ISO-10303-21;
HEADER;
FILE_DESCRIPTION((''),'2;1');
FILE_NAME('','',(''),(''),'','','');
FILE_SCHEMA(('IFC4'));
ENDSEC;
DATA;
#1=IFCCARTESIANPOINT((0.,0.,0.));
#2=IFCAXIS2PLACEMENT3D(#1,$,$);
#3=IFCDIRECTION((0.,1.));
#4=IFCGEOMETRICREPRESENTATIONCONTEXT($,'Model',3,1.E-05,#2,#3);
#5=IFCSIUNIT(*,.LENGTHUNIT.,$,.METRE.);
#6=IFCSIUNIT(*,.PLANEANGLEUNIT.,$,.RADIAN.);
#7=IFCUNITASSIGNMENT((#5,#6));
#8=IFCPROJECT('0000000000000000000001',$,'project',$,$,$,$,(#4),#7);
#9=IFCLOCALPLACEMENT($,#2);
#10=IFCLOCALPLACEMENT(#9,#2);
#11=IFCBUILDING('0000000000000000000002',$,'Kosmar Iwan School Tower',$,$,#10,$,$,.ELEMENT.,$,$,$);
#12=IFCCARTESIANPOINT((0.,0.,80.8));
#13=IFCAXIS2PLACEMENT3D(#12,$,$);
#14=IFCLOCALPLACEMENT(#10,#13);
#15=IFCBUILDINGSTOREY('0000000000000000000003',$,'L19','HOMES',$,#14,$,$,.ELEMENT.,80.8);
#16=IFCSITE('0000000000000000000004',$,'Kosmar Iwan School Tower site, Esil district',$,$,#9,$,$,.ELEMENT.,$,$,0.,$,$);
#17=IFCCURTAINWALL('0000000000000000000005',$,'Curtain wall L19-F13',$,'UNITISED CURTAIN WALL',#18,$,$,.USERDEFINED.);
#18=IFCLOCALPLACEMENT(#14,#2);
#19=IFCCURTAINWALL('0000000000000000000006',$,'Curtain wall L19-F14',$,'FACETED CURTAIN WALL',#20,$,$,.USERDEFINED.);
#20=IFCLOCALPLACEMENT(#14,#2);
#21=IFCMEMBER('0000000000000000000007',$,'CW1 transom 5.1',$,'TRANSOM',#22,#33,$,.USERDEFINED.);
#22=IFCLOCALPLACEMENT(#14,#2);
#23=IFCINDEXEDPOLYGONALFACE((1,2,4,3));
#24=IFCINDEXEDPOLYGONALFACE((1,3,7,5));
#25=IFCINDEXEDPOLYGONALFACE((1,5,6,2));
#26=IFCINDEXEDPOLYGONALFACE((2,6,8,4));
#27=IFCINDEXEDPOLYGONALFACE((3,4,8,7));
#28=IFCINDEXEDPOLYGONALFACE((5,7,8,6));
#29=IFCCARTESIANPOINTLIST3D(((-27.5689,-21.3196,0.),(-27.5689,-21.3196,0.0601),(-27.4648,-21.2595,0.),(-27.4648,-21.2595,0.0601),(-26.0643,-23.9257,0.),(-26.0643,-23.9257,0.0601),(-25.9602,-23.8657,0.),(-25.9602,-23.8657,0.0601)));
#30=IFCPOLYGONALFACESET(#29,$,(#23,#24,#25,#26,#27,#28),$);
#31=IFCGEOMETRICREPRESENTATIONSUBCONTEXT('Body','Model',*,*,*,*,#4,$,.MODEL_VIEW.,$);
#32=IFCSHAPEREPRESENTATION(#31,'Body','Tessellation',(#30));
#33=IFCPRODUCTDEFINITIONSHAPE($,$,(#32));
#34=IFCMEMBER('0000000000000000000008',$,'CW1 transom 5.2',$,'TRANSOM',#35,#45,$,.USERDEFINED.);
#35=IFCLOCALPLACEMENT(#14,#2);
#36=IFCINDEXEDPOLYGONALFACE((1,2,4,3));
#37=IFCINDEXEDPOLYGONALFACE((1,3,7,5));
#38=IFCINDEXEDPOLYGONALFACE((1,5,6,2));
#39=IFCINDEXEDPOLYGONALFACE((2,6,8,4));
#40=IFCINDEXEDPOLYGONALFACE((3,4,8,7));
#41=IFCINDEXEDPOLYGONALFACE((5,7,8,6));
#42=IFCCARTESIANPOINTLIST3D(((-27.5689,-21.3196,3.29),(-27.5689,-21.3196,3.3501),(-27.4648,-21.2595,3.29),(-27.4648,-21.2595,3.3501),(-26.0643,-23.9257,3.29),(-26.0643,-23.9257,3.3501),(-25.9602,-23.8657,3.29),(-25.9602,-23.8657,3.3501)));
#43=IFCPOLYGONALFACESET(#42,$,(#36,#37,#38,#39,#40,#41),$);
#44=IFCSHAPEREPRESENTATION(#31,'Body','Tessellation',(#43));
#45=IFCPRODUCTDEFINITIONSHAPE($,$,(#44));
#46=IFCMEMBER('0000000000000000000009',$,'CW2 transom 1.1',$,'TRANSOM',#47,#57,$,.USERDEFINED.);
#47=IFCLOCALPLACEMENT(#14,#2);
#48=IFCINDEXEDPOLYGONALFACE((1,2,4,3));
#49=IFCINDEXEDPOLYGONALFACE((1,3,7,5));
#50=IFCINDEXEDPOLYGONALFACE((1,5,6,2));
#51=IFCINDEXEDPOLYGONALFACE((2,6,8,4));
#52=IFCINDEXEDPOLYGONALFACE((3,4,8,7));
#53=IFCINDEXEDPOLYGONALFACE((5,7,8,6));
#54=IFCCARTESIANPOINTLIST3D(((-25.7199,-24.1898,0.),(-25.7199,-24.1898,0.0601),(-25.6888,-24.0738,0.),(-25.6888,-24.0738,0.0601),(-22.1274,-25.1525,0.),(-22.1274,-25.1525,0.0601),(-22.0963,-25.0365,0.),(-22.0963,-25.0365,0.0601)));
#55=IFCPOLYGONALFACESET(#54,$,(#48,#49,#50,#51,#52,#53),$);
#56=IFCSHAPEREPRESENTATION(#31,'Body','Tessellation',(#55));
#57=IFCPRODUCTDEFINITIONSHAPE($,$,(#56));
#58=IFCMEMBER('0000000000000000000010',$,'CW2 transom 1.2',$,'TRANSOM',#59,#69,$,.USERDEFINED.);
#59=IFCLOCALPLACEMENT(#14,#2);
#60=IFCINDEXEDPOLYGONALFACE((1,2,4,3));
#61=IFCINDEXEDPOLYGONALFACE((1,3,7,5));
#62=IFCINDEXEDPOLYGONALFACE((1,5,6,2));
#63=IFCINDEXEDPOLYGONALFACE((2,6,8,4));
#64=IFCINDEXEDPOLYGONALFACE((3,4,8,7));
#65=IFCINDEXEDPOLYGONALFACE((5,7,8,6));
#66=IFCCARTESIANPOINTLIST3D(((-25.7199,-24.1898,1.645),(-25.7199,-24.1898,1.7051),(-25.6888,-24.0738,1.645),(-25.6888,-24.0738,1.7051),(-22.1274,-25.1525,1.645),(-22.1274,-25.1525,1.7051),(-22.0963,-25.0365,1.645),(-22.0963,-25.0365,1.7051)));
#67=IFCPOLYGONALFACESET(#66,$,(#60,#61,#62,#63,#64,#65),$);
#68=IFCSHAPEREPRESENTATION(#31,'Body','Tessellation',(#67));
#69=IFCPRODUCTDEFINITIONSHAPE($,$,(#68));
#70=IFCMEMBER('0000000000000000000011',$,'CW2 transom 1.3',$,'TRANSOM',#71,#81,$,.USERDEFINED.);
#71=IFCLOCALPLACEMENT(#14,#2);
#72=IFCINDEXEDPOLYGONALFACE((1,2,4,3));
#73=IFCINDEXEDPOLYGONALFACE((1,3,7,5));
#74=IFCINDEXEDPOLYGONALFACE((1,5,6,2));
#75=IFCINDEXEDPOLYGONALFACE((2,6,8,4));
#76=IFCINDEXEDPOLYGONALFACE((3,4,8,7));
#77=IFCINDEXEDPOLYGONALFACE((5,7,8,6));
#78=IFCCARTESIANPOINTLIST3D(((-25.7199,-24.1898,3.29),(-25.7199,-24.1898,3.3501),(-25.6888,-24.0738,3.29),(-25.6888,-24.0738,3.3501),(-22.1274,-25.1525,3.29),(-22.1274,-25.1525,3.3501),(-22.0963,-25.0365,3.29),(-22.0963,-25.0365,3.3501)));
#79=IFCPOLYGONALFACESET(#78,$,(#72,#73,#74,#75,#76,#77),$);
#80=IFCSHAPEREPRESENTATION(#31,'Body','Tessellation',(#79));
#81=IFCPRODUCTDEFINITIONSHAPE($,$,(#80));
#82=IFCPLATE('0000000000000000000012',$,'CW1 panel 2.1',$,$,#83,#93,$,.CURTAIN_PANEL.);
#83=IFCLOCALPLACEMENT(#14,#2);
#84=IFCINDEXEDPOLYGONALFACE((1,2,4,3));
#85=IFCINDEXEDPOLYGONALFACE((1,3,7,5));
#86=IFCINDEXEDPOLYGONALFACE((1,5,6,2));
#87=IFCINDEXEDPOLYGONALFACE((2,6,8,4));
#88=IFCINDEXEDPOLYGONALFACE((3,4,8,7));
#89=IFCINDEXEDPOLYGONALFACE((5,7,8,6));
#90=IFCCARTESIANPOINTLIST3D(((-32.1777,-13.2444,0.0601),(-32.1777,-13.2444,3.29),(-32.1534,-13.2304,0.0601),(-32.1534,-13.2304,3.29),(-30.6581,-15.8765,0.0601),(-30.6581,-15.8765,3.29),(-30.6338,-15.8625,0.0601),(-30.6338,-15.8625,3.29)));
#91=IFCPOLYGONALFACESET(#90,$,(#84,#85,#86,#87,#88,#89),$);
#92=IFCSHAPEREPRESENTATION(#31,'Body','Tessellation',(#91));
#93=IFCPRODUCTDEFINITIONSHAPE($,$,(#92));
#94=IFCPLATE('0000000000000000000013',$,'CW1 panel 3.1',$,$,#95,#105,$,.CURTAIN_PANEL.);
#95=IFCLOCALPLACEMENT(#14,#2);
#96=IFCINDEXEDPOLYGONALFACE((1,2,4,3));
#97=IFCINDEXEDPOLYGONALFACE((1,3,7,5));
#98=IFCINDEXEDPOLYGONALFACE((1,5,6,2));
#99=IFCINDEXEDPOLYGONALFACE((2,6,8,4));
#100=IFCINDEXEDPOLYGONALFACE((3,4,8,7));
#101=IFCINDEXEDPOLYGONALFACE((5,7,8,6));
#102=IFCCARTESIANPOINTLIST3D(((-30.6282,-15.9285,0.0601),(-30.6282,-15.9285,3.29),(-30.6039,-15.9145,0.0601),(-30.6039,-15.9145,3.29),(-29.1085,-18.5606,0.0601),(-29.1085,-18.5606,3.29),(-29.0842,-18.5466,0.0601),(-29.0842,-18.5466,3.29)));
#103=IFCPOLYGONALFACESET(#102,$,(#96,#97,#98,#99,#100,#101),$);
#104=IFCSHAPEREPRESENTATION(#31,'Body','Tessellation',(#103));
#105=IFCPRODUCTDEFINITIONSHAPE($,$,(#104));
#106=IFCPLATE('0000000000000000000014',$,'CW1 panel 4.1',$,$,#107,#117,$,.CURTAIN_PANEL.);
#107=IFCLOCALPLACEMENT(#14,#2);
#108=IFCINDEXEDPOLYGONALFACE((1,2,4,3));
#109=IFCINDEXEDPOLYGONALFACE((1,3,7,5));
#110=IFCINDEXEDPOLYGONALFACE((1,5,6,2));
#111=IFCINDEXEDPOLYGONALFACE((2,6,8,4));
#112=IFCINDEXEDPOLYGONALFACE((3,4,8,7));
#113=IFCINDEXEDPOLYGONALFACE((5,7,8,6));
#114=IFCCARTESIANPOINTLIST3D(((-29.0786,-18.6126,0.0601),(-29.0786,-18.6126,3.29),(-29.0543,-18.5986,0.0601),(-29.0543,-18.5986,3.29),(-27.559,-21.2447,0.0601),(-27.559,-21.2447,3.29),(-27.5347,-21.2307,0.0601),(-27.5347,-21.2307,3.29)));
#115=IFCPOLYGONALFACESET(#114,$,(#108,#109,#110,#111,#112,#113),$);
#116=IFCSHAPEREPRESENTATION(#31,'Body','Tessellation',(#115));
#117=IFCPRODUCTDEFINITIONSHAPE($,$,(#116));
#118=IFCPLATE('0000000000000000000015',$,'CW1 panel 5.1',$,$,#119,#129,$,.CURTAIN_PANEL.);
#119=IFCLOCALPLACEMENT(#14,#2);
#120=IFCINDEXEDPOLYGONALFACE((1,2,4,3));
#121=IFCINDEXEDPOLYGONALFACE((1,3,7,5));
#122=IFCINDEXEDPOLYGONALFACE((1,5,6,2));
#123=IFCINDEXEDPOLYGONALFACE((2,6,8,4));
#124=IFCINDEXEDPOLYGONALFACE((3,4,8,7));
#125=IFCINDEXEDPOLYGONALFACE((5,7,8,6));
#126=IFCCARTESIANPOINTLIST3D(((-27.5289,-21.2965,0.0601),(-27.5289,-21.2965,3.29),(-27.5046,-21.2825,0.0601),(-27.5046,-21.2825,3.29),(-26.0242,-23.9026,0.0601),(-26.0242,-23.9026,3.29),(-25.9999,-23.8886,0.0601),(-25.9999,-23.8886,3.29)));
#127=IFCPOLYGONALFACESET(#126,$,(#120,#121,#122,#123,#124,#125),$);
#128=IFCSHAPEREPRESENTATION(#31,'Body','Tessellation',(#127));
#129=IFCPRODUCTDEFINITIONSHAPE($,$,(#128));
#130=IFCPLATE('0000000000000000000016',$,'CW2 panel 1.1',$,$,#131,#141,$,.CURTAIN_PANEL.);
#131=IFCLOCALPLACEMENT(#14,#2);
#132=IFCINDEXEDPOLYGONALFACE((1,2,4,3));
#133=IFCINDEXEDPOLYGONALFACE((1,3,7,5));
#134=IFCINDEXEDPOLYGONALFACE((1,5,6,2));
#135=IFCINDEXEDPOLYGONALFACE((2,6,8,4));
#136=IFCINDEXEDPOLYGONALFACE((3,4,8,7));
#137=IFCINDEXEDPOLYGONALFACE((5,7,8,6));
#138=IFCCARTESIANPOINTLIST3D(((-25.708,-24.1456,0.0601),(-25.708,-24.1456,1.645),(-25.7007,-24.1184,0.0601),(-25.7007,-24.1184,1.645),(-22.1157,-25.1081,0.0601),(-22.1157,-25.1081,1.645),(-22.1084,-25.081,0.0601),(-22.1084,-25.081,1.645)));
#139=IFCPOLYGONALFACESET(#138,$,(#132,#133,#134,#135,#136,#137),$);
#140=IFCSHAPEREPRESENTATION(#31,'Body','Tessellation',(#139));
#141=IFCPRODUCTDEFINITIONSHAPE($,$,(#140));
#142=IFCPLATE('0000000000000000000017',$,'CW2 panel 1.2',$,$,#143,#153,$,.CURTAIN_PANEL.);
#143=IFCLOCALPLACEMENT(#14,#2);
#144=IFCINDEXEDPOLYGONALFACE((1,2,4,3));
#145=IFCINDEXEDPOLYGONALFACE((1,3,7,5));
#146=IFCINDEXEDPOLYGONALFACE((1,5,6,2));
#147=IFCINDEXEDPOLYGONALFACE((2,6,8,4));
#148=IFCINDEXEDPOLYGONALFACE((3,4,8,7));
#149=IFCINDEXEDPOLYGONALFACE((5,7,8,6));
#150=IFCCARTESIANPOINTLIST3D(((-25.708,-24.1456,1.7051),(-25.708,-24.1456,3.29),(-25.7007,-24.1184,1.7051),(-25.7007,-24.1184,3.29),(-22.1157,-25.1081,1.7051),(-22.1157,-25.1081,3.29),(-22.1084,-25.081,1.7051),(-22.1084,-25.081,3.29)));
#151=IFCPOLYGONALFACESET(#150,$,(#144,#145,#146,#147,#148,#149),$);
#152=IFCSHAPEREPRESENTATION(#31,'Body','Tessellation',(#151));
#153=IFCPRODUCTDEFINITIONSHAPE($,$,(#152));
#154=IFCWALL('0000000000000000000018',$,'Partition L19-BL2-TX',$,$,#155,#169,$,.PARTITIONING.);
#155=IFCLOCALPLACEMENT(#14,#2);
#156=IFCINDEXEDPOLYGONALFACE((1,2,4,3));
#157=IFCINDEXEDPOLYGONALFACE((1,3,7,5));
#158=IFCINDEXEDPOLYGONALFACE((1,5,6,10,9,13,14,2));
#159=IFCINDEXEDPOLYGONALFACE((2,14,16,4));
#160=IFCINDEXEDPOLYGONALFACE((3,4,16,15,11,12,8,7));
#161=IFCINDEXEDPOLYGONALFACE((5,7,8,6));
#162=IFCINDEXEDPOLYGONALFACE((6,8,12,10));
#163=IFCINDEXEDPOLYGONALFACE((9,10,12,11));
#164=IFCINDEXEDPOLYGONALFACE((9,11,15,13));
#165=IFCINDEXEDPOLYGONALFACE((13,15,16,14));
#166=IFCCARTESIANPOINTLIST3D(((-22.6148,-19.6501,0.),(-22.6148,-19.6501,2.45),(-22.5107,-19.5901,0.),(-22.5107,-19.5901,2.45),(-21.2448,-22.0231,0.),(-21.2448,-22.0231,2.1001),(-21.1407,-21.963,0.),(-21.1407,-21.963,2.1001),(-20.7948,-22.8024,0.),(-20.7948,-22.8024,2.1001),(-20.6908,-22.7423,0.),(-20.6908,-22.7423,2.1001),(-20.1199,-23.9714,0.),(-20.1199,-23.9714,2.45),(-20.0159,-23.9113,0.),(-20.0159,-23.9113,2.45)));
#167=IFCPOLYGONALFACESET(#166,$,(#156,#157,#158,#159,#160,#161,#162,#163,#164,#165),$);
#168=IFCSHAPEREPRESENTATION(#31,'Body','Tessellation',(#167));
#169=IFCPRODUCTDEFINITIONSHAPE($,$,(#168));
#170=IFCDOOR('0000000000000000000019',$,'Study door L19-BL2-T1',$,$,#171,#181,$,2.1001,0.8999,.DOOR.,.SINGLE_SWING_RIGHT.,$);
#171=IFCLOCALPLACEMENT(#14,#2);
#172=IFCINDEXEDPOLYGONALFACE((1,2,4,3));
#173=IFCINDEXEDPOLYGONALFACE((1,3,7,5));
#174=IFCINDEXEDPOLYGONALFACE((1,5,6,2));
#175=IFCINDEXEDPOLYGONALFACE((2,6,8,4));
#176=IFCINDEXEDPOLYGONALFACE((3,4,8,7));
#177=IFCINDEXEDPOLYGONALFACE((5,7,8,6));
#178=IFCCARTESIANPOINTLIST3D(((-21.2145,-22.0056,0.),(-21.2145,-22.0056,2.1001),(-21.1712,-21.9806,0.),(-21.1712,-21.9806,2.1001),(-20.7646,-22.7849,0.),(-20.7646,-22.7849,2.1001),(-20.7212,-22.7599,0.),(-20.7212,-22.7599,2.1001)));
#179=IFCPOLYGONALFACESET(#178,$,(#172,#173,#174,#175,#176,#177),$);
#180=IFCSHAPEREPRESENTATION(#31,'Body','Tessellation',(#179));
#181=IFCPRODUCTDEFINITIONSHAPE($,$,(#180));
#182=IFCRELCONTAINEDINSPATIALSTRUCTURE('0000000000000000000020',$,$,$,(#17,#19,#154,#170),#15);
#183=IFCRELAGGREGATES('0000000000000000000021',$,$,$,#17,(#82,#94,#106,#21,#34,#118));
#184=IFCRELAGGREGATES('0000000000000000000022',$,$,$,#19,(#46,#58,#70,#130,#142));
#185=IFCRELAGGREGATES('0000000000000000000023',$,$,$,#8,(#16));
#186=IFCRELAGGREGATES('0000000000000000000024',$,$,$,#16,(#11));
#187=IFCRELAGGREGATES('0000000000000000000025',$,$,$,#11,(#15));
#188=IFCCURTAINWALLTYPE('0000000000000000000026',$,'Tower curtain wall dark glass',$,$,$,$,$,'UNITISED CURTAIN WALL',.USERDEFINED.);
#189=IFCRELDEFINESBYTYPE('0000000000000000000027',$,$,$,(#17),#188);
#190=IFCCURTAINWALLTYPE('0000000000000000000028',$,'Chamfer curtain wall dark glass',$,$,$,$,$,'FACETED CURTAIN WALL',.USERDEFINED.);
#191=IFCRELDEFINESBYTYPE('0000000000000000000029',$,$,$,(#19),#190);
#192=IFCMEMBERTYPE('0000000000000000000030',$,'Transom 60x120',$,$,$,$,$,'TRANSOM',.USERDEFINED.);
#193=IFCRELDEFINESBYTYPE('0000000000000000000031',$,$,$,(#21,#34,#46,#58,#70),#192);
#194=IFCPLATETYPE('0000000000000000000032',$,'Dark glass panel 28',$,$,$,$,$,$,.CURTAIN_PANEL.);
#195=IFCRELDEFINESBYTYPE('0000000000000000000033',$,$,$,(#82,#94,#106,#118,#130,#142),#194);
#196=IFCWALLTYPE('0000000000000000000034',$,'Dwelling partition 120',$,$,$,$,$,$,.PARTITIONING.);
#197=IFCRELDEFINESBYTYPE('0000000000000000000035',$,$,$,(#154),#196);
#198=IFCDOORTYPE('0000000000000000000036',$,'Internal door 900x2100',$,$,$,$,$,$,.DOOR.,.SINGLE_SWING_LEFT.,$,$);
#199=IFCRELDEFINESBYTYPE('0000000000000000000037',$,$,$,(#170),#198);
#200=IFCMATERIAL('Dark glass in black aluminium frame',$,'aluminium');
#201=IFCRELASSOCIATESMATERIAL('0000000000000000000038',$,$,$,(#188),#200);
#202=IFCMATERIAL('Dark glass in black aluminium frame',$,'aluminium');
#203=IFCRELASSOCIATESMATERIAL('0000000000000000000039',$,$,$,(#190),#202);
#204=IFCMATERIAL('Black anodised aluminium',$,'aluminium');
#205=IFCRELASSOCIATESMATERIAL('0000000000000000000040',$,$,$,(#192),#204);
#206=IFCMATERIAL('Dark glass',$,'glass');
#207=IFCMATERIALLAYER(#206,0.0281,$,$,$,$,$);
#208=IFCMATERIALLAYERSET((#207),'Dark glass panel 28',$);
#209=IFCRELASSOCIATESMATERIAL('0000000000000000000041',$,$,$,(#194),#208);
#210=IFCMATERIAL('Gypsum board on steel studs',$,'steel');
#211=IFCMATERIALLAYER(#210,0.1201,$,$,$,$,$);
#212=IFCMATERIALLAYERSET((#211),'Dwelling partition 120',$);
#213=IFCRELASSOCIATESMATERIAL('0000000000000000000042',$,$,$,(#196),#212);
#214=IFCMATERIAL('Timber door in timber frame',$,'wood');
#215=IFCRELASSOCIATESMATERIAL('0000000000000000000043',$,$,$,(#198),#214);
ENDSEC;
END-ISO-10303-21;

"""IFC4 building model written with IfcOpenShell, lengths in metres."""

from ifc_helpers import new_model, si_unit, direction, frame, frame_2d, origin, origin_2d, place, context, subcontext, project, spatial, rectangle, extrude, material, layer, layer_set, material_profile, profile_set, type_object, element, fill, aggregate, save


model = new_model("IFC4")

# Units and contexts
model_context = context("Model", 3, precision=1e-05, world=origin(), true_north=direction((0.0, 1.0)))
body_context = subcontext(model_context, "Body", "Model", "MODEL_VIEW")
ifc_project = project(units=[si_unit("LENGTHUNIT", "METRE"), si_unit("PLANEANGLEUNIT", "RADIAN")], contexts=[model_context])

# Site, building, storey
site_placement = place(None, origin())
site = spatial("IfcSite", under=ifc_project, at=site_placement, Name="Kosmar Iwan School Tower site, Esil district", CompositionType="ELEMENT", RefElevation=0.0)
building_placement = place(site_placement, origin())
building = spatial("IfcBuilding", under=site, at=building_placement, Name="Kosmar Iwan School Tower", CompositionType="ELEMENT")
storey_placement = place(building_placement, frame((0.0, 0.0, 80.8)))
storey = spatial("IfcBuildingStorey", under=building, at=storey_placement, Name="L19", Description="HOMES", CompositionType="ELEMENT", Elevation=80.8)

# Curtain wall
ifc_material_1 = material(Name="Dark glass in black aluminium frame", Category="aluminium")
curtain_wall_type_1 = type_object("IfcCurtainWallType", Name="Tower curtain wall dark glass", ElementType="UNITISED CURTAIN WALL", PredefinedType="USERDEFINED", material=ifc_material_1)
curtain_wall_1_placement = place(storey_placement, origin())
curtain_wall_1 = element("IfcCurtainWall", 1, at=curtain_wall_1_placement, inside=storey, type_object=curtain_wall_type_1, Name="Curtain wall L19-F13", ObjectType="UNITISED CURTAIN WALL", PredefinedType="USERDEFINED")

# Curtain wall
ifc_material_2 = material(Name="Dark glass in black aluminium frame", Category="aluminium")
curtain_wall_type_2 = type_object("IfcCurtainWallType", Name="Chamfer curtain wall dark glass", ElementType="FACETED CURTAIN WALL", PredefinedType="USERDEFINED", material=ifc_material_2)
curtain_wall_2_placement = place(storey_placement, origin())
curtain_wall_2 = element("IfcCurtainWall", 2, at=curtain_wall_2_placement, inside=storey, type_object=curtain_wall_type_2, Name="Curtain wall L19-F14", ObjectType="FACETED CURTAIN WALL", PredefinedType="USERDEFINED")

# Members
ifc_material_3 = material(Name="Black anodised aluminium", Category="aluminium")
ifc_material_profile_1 = material_profile(ifc_material_3, rectangle(XDim=0.1201, YDim=0.0601, at=origin_2d()), Name="TRANSOM 60x120")
ifc_profile_set_1 = profile_set([ifc_material_profile_1], Name="Black anodised aluminium")
member_type_1 = type_object("IfcMemberType", Name="Transom 60x120", ElementType="TRANSOM", PredefinedType="USERDEFINED", material=ifc_profile_set_1)
member_1_placement = place(storey_placement, frame((-27.5168, -21.2896, 0.03), z_axis=(0.499987, -0.866033, 0.0), x_axis=(0.866033, 0.499987, 0.0)))
member_1 = element("IfcMember", 3, at=member_1_placement, type_object=member_type_1, Name="CW1 transom 5.1", ObjectType="TRANSOM", PredefinedType="USERDEFINED", context=body_context, shape_type="SweptSolid", body=[
    extrude(rectangle(XDim=0.1201, YDim=0.0601, at=origin_2d()), origin(), (0.0, 0.0, 1.0), 3.0093),
])
member_2_placement = place(storey_placement, frame((-27.5168, -21.2896, 3.3201), z_axis=(0.499987, -0.866033, 0.0), x_axis=(0.866033, 0.499987, 0.0)))
member_2 = element("IfcMember", 4, at=member_2_placement, type_object=member_type_1, Name="CW1 transom 5.2", ObjectType="TRANSOM", PredefinedType="USERDEFINED", context=body_context, shape_type="SweptSolid", body=[
    extrude(rectangle(XDim=0.1201, YDim=0.0601, at=origin_2d()), origin(), (0.0, 0.0, 1.0), 3.0093),
])
member_3_placement = place(storey_placement, frame((-25.7043, -24.1318, 0.03), z_axis=(0.965924, -0.258827, 0.0), x_axis=(0.258827, 0.965924, 0.0)))
member_3 = element("IfcMember", 5, at=member_3_placement, type_object=member_type_1, Name="CW2 transom 1.1", ObjectType="TRANSOM", PredefinedType="USERDEFINED", context=body_context, shape_type="SweptSolid", body=[
    extrude(rectangle(XDim=0.1201, YDim=0.0601, at=origin_2d()), origin(), (0.0, 0.0, 1.0), 3.7192),
])
member_4_placement = place(storey_placement, frame((-25.7043, -24.1318, 1.675), z_axis=(0.965924, -0.258827, 0.0), x_axis=(0.258827, 0.965924, 0.0)))
member_4 = element("IfcMember", 6, at=member_4_placement, type_object=member_type_1, Name="CW2 transom 1.2", ObjectType="TRANSOM", PredefinedType="USERDEFINED", context=body_context, shape_type="SweptSolid", body=[
    extrude(rectangle(XDim=0.1201, YDim=0.0601, at=origin_2d()), origin(), (0.0, 0.0, 1.0), 3.7192),
])
member_5_placement = place(storey_placement, frame((-25.7043, -24.1318, 3.3201), z_axis=(0.965924, -0.258827, 0.0), x_axis=(0.258827, 0.965924, 0.0)))
member_5 = element("IfcMember", 7, at=member_5_placement, type_object=member_type_1, Name="CW2 transom 1.3", ObjectType="TRANSOM", PredefinedType="USERDEFINED", context=body_context, shape_type="SweptSolid", body=[
    extrude(rectangle(XDim=0.1201, YDim=0.0601, at=origin_2d()), origin(), (0.0, 0.0, 1.0), 3.7192),
])

# Plates
ifc_material_4 = material(Name="Dark glass", Category="glass")
ifc_layer_1 = layer(ifc_material_4, 0.0281)
ifc_layer_set_1 = layer_set([ifc_layer_1], Name="Dark glass panel 28")
plate_type = type_object("IfcPlateType", Name="Dark glass panel 28", PredefinedType="CURTAIN_PANEL", material=ifc_layer_set_1)
plate_1_placement = place(storey_placement, frame((-31.4058, -14.5535, 0.0601), z_axis=(0.0, 0.0, 1.0), x_axis=(0.5, -0.866025, 0.0)))
plate_1 = element("IfcPlate", 8, at=plate_1_placement, type_object=plate_type, Name="CW1 panel 2.1", PredefinedType="CURTAIN_PANEL", context=body_context, shape_type="SweptSolid", body=[
    extrude(rectangle(XDim=3.0393, YDim=0.0281, at=origin_2d()), origin(), (0.0, 0.0, 1.0), 3.23),
])
plate_2_placement = place(storey_placement, frame((-29.8562, -17.2375, 0.0601), z_axis=(0.0, 0.0, 1.0), x_axis=(0.5, -0.866025, 0.0)))
plate_2 = element("IfcPlate", 9, at=plate_2_placement, type_object=plate_type, Name="CW1 panel 3.1", PredefinedType="CURTAIN_PANEL", context=body_context, shape_type="SweptSolid", body=[
    extrude(rectangle(XDim=3.0393, YDim=0.0281, at=origin_2d()), origin(), (0.0, 0.0, 1.0), 3.23),
])
plate_3_placement = place(storey_placement, frame((-28.3066, -19.9216, 0.0601), z_axis=(0.0, 0.0, 1.0), x_axis=(0.5, -0.866025, 0.0)))
plate_3 = element("IfcPlate", 10, at=plate_3_placement, type_object=plate_type, Name="CW1 panel 4.1", PredefinedType="CURTAIN_PANEL", context=body_context, shape_type="SweptSolid", body=[
    extrude(rectangle(XDim=3.0393, YDim=0.0281, at=origin_2d()), origin(), (0.0, 0.0, 1.0), 3.23),
])
plate_4_placement = place(storey_placement, frame((-26.7644, -22.5925, 0.0601), z_axis=(0.0, 0.0, 1.0), x_axis=(0.5, -0.866025, 0.0)))
plate_4 = element("IfcPlate", 11, at=plate_4_placement, type_object=plate_type, Name="CW1 panel 5.1", PredefinedType="CURTAIN_PANEL", context=body_context, shape_type="SweptSolid", body=[
    extrude(rectangle(XDim=3.0093, YDim=0.0281, at=origin_2d()), origin(), (0.0, 0.0, 1.0), 3.23),
])
aggregate(curtain_wall_1, [plate_1, plate_2, plate_3, member_1, member_2, plate_4])
plate_5_placement = place(storey_placement, frame((-23.9082, -24.6133, 0.0601), z_axis=(0.0, 0.0, 1.0), x_axis=(0.965926, -0.258819, 0.0)))
plate_5 = element("IfcPlate", 12, at=plate_5_placement, type_object=plate_type, Name="CW2 panel 1.1", PredefinedType="CURTAIN_PANEL", context=body_context, shape_type="SweptSolid", body=[
    extrude(rectangle(XDim=3.719, YDim=0.0281, at=origin_2d()), origin(), (0.0, 0.0, 1.0), 1.585),
])
plate_6_placement = place(storey_placement, frame((-23.9082, -24.6133, 1.7051), z_axis=(0.0, 0.0, 1.0), x_axis=(0.965926, -0.258819, 0.0)))
plate_6 = element("IfcPlate", 13, at=plate_6_placement, type_object=plate_type, Name="CW2 panel 1.2", PredefinedType="CURTAIN_PANEL", context=body_context, shape_type="SweptSolid", body=[
    extrude(rectangle(XDim=3.719, YDim=0.0281, at=origin_2d()), origin(), (0.0, 0.0, 1.0), 1.585),
])
aggregate(curtain_wall_2, [member_3, member_4, member_5, plate_5, plate_6])

# Wall, opening, door
ifc_material_5 = material(Name="Gypsum board on steel studs", Category="steel")
ifc_layer_2 = layer(ifc_material_5, 0.1201)
ifc_layer_set_2 = layer_set([ifc_layer_2], Name="Dwelling partition 120")
wall_type_1 = type_object("IfcWallType", Name="Dwelling partition 120", PredefinedType="PARTITIONING", material=ifc_layer_set_2)
wall_1_placement = place(storey_placement, frame((-22.5627, -19.6201, 0.0), z_axis=(0.0, 0.0, 1.0), x_axis=(0.499996, -0.866028, 0.0)))
wall_1 = element("IfcWall", 14, at=wall_1_placement, inside=storey, type_object=wall_type_1, Name="Partition L19-BL2-TX", PredefinedType="PARTITIONING", context=body_context, shape_type="SweptSolid", body=[
    extrude(rectangle(XDim=4.9897, YDim=0.1201, at=frame_2d((2.4949, 0.0))), origin(), (0.0, 0.0, 1.0), 2.45),
])
opening_1_placement = place(wall_1_placement, frame((2.74, 0.0, 0.0)))
opening_1 = element("IfcOpeningElement", 15, at=opening_1_placement, cuts=wall_1, PredefinedType="OPENING", context=body_context, shape_type="SweptSolid", body=[
    extrude(rectangle(XDim=0.8999, YDim=2.1001, at=frame_2d((0.45, 1.05))), frame((0.0, 0.072, 0.0), z_axis=(0.0, -1.0, 0.0), x_axis=(1.0, 0.0, 0.0)), (0.0, 0.0, 1.0), 0.144),
])
ifc_material_6 = material(Name="Timber door in timber frame", Category="wood")
door_type_1 = type_object("IfcDoorType", Name="Internal door 900x2100", OperationType="SINGLE_SWING_LEFT", PredefinedType="DOOR", material=ifc_material_6)
door_1_placement = place(opening_1_placement, origin())
door_1 = element("IfcDoor", 16, at=door_1_placement, inside=storey, type_object=door_type_1, Name="Study door L19-BL2-T1", OperationType="SINGLE_SWING_RIGHT", OverallHeight=2.1001, OverallWidth=0.8999, PredefinedType="DOOR", context=body_context, shape_type="SweptSolid", body=[
    extrude(rectangle(XDim=0.8999, YDim=2.1001, at=frame_2d((0.45, 1.05))), frame((0.0, 0.0249, 0.0), z_axis=(0.0, -1.0, 0.0), x_axis=(1.0, 0.0, 0.0)), (0.0, 0.0, 1.0), 0.05),
])
fill(opening_1, door_1)

save(model, "model.ifc")
